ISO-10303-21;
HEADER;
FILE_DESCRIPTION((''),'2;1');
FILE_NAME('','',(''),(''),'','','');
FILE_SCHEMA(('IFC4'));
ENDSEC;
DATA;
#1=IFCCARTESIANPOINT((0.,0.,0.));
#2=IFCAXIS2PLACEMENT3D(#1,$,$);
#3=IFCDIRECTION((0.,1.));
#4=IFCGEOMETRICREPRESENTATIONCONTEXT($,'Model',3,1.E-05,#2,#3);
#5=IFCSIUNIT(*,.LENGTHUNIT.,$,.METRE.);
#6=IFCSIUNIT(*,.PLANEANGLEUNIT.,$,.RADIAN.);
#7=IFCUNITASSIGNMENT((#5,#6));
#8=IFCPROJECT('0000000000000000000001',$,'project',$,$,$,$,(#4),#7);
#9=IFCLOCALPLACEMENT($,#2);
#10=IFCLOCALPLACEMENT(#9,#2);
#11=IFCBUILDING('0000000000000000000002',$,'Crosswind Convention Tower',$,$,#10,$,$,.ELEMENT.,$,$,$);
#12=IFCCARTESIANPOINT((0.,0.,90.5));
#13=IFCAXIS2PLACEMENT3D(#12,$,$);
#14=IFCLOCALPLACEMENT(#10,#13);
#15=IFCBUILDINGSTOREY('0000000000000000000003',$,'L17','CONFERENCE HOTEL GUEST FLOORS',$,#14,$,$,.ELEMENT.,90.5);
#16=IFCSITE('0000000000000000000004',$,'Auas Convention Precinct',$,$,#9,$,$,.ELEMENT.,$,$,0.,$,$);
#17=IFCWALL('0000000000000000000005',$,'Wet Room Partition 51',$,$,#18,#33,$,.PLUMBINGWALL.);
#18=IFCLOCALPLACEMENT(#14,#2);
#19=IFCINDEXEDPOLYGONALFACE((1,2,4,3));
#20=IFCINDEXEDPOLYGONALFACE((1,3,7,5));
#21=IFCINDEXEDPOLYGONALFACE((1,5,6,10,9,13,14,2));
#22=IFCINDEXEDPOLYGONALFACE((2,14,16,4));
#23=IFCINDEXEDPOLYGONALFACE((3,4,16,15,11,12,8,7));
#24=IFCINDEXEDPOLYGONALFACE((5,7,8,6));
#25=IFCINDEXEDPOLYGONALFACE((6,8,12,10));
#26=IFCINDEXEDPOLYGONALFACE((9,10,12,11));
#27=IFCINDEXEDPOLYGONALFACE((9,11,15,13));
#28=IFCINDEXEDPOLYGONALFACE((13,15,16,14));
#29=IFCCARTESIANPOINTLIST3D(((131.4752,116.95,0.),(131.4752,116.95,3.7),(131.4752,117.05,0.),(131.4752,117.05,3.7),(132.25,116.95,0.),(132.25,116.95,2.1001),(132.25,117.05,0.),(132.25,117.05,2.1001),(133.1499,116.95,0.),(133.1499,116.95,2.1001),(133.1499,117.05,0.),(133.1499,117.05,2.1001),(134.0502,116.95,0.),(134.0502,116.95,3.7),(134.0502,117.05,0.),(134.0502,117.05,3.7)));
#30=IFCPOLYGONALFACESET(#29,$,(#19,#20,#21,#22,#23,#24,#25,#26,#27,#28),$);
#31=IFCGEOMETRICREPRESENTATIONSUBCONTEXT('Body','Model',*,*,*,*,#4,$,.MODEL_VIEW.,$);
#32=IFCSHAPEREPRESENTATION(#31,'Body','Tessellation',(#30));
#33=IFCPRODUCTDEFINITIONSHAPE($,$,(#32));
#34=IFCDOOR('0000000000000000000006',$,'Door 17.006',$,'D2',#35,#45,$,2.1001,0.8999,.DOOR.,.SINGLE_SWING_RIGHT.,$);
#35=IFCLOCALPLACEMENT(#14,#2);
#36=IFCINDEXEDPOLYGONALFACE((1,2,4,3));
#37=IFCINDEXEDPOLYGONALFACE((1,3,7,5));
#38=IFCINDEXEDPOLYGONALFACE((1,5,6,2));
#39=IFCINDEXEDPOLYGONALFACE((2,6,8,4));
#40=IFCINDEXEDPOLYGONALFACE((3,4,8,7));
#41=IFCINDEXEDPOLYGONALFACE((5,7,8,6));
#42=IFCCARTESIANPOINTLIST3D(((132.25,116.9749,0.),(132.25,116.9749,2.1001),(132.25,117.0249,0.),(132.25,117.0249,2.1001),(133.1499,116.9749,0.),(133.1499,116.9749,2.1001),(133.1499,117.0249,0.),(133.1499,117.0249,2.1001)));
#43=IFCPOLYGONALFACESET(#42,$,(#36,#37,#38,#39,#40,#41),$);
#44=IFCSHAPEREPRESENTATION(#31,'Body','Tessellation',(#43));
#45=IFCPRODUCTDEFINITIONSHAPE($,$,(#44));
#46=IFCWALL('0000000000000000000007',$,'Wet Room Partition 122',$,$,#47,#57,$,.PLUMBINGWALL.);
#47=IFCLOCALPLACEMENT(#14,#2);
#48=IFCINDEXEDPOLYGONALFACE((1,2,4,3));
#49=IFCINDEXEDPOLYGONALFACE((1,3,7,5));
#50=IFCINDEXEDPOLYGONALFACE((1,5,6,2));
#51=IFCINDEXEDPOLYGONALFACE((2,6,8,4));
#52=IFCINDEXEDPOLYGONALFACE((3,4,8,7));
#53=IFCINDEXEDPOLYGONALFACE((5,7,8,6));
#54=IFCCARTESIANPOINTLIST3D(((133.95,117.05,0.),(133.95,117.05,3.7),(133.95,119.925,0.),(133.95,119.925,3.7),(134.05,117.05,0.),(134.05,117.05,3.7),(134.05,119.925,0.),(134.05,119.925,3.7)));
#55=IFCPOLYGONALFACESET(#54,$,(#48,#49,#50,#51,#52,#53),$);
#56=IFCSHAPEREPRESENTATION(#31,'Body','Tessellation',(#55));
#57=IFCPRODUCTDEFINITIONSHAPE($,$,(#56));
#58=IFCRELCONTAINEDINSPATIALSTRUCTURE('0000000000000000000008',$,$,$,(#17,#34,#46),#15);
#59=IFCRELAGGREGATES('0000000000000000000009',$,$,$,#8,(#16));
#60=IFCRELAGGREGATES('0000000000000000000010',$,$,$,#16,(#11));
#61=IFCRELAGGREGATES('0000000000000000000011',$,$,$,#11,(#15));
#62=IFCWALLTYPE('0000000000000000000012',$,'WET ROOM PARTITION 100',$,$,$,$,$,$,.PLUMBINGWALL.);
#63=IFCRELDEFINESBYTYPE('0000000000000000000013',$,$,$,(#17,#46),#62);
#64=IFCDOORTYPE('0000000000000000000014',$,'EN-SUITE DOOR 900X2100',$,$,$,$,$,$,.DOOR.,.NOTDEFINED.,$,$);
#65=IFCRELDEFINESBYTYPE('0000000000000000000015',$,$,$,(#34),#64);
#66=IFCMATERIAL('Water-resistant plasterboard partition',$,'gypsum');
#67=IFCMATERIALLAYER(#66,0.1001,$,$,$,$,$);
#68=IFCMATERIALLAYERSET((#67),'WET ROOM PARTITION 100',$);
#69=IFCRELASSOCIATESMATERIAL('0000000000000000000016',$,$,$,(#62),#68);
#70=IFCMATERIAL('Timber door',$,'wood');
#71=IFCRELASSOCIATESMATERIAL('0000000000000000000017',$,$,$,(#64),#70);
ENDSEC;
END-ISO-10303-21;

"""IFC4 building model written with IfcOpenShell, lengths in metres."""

from ifc_helpers import new_model, si_unit, direction, frame, frame_2d, origin, place, context, subcontext, project, spatial, rectangle, extrude, material, layer, layer_set, type_object, element, fill, save


model = new_model("IFC4")

# Units and contexts
model_context = context("Model", 3, precision=1e-05, world=origin(), true_north=direction((0.0, 1.0)))
body_context = subcontext(model_context, "Body", "Model", "MODEL_VIEW")
ifc_project = project(units=[si_unit("LENGTHUNIT", "METRE"), si_unit("PLANEANGLEUNIT", "RADIAN")], contexts=[model_context])

# Site, building, storey
site_placement = place(None, origin())
site = spatial("IfcSite", under=ifc_project, at=site_placement, Name="Auas Convention Precinct", CompositionType="ELEMENT", RefElevation=0.0)
building_placement = place(site_placement, origin())
building = spatial("IfcBuilding", under=site, at=building_placement, Name="Crosswind Convention Tower", CompositionType="ELEMENT")
storey_placement = place(building_placement, frame((0.0, 0.0, 90.5)))
storey = spatial("IfcBuildingStorey", under=building, at=storey_placement, Name="L17", Description="CONFERENCE HOTEL GUEST FLOORS", CompositionType="ELEMENT", Elevation=90.5)

# Wall, opening, door
ifc_material_1 = material(Name="Water-resistant plasterboard partition", Category="gypsum")
ifc_layer_1 = layer(ifc_material_1, 0.1001)
ifc_layer_set_1 = layer_set([ifc_layer_1], Name="WET ROOM PARTITION 100")
wall_type_1 = type_object("IfcWallType", Name="WET ROOM PARTITION 100", PredefinedType="PLUMBINGWALL", material=ifc_layer_set_1)
wall_1_placement = place(storey_placement, frame((131.4751, 117.0, 0.0), z_axis=(0.0, 0.0, 1.0), x_axis=(1.0, 0.0, 0.0)))
wall_1 = element("IfcWall", 1, at=wall_1_placement, inside=storey, type_object=wall_type_1, Name="Wet Room Partition 51", PredefinedType="PLUMBINGWALL", context=body_context, shape_type="SweptSolid", body=[
    extrude(rectangle(XDim=2.575, YDim=0.1001, at=frame_2d((1.2876, 0.0))), origin(), (0.0, 0.0, 1.0), 3.7),
])
opening_1_placement = place(wall_1_placement, frame((0.7749, 0.0, 0.0)))
opening_1 = element("IfcOpeningElement", 2, at=opening_1_placement, cuts=wall_1, PredefinedType="OPENING", context=body_context, shape_type="SweptSolid", body=[
    extrude(rectangle(XDim=0.8999, YDim=2.1001, at=frame_2d((0.45, 1.05))), frame((0.0, 0.0601, 0.0), z_axis=(0.0, -1.0, 0.0), x_axis=(1.0, 0.0, 0.0)), (0.0, 0.0, 1.0), 0.1201),
])
ifc_material_2 = material(Name="Timber door", Category="wood")
door_type_1 = type_object("IfcDoorType", Name="EN-SUITE DOOR 900X2100", OperationType="NOTDEFINED", PredefinedType="DOOR", material=ifc_material_2)
door_1_placement = place(opening_1_placement, origin())
door_1 = element("IfcDoor", 3, at=door_1_placement, inside=storey, type_object=door_type_1, Name="Door 17.006", ObjectType="D2", OperationType="SINGLE_SWING_RIGHT", OverallHeight=2.1001, OverallWidth=0.8999, PredefinedType="DOOR", context=body_context, shape_type="SweptSolid", body=[
    extrude(rectangle(XDim=0.8999, YDim=2.1001, at=frame_2d((0.45, 1.05))), frame((0.0, 0.0249, 0.0), z_axis=(0.0, -1.0, 0.0), x_axis=(1.0, 0.0, 0.0)), (0.0, 0.0, 1.0), 0.05),
])
fill(opening_1, door_1)

# Wall
wall_2_placement = place(storey_placement, frame((134.0, 117.05, 0.0), z_axis=(0.0, 0.0, 1.0), x_axis=(0.0, 1.0, 0.0)))
element("IfcWall", 4, at=wall_2_placement, inside=storey, type_object=wall_type_1, Name="Wet Room Partition 122", PredefinedType="PLUMBINGWALL", context=body_context, shape_type="SweptSolid", body=[
    extrude(rectangle(XDim=2.875, YDim=0.1001, at=frame_2d((1.4375, 0.0))), origin(), (0.0, 0.0, 1.0), 3.7),
])

save(model, "model.ifc")
